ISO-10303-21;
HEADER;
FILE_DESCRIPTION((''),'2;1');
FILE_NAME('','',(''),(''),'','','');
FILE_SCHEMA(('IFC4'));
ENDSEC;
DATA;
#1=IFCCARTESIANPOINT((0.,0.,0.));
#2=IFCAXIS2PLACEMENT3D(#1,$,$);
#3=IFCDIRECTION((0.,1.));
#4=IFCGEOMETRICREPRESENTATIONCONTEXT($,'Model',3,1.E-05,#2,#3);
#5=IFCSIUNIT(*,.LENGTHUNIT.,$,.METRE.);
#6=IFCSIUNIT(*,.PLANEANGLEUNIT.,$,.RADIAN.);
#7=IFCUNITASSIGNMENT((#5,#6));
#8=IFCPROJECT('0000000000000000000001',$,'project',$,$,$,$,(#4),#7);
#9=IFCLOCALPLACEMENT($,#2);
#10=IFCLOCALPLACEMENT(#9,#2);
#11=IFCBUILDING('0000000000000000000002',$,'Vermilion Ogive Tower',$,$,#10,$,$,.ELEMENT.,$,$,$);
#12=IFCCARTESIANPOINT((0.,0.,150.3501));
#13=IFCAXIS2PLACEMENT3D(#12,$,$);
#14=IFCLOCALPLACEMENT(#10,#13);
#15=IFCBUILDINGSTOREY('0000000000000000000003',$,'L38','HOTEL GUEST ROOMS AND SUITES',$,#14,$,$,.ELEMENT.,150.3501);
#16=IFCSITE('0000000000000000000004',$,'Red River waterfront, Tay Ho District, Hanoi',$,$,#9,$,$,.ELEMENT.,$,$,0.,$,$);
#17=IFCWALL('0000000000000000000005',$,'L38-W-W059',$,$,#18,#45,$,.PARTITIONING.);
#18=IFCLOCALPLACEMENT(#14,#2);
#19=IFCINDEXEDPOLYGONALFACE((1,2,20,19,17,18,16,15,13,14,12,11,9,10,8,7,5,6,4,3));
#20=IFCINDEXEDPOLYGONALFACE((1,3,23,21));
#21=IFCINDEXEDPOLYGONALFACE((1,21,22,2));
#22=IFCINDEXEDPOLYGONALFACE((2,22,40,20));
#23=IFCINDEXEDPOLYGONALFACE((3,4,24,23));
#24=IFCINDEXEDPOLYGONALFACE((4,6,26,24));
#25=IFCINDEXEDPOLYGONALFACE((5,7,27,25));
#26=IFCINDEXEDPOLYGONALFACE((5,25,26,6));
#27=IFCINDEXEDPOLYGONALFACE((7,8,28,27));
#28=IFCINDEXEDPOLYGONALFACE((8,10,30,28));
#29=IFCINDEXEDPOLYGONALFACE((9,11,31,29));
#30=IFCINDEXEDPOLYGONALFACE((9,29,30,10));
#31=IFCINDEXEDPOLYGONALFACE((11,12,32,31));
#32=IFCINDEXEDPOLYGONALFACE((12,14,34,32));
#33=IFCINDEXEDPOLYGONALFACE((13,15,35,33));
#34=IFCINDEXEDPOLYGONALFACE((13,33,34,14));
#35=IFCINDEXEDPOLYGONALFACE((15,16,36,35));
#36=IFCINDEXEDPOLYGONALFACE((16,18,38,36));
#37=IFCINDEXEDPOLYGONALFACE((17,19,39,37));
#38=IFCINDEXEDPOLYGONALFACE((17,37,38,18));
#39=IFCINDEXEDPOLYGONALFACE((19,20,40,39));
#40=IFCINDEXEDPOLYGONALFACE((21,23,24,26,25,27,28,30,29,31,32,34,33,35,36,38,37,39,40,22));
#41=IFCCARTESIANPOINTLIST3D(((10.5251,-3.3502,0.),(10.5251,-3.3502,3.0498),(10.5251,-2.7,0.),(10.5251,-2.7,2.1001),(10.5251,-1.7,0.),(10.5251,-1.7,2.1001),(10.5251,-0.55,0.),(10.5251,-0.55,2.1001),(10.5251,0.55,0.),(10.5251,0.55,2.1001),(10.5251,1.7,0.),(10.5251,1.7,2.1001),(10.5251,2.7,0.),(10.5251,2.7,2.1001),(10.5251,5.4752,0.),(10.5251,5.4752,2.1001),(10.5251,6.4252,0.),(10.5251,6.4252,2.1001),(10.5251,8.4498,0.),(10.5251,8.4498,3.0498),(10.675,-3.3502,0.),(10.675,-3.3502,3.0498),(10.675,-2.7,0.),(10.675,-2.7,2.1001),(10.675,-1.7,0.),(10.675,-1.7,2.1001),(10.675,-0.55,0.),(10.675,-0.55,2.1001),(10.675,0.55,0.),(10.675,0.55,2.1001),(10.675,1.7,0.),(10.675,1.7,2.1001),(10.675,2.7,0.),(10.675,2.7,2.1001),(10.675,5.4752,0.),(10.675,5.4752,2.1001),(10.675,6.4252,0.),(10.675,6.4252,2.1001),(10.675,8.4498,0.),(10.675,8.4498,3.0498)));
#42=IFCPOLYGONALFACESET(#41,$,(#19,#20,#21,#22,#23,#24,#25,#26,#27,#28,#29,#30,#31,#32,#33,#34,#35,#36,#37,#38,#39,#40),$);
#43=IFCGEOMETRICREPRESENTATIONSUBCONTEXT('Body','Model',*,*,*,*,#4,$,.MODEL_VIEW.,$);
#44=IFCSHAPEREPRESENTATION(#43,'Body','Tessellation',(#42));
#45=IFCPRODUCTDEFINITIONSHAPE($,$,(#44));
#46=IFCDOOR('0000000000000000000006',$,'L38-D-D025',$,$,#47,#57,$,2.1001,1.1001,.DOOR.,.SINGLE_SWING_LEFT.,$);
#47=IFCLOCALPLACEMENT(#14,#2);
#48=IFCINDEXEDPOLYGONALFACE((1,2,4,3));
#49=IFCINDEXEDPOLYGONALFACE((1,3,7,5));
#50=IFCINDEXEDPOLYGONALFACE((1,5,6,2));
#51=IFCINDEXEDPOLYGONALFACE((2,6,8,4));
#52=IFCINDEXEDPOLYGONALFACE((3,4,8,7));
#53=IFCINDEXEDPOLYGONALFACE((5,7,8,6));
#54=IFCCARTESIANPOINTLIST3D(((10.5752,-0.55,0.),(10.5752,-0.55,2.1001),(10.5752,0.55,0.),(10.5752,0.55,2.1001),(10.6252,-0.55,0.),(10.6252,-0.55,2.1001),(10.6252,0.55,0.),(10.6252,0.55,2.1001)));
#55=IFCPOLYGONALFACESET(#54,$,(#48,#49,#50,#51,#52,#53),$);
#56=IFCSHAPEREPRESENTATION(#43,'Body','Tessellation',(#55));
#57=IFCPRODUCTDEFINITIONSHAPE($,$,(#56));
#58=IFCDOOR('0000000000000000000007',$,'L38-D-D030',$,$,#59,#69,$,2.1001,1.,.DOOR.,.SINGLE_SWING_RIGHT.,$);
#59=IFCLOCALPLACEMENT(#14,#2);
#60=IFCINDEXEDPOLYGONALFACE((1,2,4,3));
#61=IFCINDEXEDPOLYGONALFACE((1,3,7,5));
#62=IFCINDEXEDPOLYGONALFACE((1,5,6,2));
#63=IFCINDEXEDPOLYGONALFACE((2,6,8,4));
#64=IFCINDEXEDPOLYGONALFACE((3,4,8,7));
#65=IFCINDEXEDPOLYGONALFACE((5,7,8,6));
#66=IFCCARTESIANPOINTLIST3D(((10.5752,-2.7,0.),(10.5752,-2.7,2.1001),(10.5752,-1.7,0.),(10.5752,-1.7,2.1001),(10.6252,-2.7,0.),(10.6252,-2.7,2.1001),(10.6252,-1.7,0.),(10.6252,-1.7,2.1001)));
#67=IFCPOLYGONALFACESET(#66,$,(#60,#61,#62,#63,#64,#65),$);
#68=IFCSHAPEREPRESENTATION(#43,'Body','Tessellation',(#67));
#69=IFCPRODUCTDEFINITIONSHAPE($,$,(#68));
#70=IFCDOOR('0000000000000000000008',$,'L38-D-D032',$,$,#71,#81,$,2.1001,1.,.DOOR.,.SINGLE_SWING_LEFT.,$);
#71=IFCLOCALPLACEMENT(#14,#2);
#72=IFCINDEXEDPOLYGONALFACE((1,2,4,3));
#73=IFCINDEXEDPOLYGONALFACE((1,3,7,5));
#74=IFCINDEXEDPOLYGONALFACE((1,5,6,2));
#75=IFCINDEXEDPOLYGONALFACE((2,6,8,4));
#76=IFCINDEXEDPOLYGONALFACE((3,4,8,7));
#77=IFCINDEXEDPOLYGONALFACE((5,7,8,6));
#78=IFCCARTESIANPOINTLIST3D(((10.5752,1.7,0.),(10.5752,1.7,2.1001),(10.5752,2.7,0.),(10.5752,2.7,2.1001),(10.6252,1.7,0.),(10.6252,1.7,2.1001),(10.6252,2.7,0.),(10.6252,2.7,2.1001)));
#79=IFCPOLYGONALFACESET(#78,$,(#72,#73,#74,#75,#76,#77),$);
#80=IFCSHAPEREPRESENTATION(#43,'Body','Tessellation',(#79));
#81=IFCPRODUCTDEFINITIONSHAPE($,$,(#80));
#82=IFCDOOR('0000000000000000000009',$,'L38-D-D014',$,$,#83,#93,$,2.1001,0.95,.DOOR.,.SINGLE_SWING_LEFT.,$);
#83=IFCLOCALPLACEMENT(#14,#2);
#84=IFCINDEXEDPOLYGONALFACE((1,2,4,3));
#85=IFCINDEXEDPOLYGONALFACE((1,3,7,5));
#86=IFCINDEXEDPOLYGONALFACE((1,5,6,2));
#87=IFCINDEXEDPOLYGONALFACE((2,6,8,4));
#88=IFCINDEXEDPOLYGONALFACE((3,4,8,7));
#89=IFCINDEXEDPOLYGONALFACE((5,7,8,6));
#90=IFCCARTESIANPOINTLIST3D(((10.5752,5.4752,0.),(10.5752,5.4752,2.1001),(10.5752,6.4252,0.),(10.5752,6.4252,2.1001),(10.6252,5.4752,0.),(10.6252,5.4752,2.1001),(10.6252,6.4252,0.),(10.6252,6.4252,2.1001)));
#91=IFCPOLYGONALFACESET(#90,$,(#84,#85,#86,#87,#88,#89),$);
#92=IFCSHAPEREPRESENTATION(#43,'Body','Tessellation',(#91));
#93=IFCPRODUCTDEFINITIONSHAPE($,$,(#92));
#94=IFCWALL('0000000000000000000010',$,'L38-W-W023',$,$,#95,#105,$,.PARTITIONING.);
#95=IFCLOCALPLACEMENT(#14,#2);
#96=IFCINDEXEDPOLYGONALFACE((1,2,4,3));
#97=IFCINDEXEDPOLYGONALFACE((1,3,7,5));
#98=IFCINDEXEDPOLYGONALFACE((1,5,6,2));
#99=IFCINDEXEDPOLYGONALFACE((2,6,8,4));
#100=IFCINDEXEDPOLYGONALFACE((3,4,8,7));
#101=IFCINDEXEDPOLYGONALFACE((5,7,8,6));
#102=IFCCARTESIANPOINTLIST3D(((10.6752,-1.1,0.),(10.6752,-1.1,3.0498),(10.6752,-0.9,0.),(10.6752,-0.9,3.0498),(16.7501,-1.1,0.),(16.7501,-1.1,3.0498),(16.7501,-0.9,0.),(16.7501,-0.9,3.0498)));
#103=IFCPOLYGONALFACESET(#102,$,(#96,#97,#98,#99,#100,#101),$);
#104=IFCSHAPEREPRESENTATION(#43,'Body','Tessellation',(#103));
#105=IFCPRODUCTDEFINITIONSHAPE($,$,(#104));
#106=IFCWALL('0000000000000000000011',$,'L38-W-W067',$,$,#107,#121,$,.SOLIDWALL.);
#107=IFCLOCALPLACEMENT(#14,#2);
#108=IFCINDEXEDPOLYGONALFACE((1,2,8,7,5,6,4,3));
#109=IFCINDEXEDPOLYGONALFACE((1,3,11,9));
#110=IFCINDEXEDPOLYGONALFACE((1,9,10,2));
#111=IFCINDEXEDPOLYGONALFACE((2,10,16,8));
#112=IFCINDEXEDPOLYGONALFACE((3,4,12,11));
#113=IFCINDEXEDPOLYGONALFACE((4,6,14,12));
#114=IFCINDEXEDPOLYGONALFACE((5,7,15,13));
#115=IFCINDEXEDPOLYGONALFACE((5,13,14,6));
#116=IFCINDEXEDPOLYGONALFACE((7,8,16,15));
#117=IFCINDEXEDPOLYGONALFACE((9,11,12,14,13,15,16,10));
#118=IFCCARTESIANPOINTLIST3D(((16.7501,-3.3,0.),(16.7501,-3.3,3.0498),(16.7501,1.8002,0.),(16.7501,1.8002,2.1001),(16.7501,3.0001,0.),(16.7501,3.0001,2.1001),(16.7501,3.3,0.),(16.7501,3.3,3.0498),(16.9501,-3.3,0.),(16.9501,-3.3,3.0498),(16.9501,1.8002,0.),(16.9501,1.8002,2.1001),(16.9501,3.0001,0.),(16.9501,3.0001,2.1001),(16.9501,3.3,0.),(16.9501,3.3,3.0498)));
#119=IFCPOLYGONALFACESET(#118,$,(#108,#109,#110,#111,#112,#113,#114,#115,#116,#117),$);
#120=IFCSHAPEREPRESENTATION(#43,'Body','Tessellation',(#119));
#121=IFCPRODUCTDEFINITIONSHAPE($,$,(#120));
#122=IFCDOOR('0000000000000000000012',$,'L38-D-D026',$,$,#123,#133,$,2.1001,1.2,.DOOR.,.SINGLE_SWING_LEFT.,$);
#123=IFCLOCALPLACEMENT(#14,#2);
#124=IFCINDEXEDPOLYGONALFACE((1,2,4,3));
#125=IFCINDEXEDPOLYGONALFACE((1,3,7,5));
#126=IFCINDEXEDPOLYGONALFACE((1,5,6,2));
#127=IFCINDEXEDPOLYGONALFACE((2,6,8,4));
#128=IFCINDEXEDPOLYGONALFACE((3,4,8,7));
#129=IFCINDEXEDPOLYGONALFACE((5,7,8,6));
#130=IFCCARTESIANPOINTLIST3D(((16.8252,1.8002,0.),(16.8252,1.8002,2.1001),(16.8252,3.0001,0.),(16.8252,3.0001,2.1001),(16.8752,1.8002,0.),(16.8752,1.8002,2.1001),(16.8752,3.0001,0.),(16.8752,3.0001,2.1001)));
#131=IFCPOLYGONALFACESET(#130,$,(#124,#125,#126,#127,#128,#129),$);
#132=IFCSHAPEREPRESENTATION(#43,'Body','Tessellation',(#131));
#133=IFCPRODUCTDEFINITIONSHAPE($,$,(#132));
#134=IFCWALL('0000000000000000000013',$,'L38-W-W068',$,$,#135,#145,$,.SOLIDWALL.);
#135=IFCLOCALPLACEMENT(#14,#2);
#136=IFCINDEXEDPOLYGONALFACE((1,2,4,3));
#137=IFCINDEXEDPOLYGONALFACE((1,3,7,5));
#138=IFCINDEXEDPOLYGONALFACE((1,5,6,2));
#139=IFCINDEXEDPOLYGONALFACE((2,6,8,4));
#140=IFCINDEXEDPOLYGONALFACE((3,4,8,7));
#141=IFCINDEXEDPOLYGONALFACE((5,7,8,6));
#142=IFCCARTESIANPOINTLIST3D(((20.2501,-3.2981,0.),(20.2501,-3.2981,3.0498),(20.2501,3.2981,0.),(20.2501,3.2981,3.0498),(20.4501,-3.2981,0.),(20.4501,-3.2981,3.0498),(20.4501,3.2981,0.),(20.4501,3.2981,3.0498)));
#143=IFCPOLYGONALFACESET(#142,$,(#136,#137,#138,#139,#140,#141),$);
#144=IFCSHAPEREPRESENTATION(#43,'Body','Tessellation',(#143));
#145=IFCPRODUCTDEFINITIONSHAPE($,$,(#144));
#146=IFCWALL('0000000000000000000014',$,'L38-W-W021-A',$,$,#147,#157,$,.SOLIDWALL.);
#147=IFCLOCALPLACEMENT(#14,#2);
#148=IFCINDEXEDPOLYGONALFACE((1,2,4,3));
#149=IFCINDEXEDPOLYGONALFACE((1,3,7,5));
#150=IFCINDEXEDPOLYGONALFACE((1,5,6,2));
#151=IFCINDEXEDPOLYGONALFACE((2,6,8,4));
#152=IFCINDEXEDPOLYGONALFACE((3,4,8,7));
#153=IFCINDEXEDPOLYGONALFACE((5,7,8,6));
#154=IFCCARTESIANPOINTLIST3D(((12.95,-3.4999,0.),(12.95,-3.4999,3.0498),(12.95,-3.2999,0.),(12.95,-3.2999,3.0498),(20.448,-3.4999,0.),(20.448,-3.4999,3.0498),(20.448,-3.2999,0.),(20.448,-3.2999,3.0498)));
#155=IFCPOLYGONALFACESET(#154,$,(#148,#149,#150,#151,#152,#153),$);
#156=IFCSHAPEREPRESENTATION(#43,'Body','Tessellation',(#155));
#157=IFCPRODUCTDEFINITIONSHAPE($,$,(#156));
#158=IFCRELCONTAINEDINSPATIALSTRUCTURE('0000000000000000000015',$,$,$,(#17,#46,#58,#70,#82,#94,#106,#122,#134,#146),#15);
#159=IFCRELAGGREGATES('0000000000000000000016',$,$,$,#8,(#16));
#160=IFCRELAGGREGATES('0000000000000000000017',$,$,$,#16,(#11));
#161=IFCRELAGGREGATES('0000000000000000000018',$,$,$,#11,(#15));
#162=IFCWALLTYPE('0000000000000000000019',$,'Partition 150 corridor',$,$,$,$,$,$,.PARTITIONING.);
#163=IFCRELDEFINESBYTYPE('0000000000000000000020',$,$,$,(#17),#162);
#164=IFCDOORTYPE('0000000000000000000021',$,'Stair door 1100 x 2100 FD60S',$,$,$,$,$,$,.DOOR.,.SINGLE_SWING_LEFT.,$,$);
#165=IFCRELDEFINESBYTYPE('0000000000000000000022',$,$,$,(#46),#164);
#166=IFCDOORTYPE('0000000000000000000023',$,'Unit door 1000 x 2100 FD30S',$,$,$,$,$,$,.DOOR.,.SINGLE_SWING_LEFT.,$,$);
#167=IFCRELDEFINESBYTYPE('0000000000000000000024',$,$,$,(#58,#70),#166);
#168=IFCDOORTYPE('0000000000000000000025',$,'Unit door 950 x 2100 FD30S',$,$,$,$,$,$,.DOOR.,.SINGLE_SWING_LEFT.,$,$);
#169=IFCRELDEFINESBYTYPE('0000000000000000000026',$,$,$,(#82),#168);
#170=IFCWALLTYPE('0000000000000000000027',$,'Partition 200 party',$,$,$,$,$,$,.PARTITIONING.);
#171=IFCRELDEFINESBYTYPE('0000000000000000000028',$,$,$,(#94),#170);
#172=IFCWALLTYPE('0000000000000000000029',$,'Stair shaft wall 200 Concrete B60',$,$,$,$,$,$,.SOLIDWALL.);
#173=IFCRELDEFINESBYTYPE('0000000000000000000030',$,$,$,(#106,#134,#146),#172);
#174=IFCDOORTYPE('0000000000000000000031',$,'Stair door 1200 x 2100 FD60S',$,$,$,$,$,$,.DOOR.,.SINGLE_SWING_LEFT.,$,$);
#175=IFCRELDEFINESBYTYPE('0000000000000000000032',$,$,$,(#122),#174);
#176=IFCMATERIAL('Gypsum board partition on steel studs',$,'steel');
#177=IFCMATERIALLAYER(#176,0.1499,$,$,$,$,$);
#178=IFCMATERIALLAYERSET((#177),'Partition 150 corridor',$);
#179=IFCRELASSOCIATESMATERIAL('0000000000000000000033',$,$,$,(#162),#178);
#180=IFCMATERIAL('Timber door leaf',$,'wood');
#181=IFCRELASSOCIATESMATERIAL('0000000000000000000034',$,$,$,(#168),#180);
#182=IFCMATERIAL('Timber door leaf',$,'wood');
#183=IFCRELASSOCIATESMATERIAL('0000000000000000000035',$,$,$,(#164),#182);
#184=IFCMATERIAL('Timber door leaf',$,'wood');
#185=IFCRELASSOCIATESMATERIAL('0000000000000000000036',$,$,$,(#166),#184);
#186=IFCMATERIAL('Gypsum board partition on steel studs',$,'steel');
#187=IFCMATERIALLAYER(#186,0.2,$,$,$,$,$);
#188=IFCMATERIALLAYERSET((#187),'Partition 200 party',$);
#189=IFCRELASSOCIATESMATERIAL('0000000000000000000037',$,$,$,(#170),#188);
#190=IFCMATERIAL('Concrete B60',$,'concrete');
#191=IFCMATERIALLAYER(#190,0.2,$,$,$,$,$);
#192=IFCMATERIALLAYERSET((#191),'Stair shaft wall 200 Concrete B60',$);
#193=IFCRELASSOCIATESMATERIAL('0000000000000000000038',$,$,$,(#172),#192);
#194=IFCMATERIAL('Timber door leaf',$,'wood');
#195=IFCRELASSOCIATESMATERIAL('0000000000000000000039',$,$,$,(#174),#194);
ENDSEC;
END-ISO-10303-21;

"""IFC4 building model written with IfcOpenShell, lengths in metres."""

from ifc_helpers import new_model, si_unit, direction, frame, frame_2d, origin, place, context, subcontext, project, spatial, rectangle, extrude, material, layer, layer_set, type_object, element, fill, save


model = new_model("IFC4")

# Units and contexts
model_context = context("Model", 3, precision=1e-05, world=origin(), true_north=direction((0.0, 1.0)))
body_context = subcontext(model_context, "Body", "Model", "MODEL_VIEW")
ifc_project = project(units=[si_unit("LENGTHUNIT", "METRE"), si_unit("PLANEANGLEUNIT", "RADIAN")], contexts=[model_context])

# Site, building, storey
site_placement = place(None, origin())
site = spatial("IfcSite", under=ifc_project, at=site_placement, Name="Red River waterfront, Tay Ho District, Hanoi", CompositionType="ELEMENT", RefElevation=0.0)
building_placement = place(site_placement, origin())
building = spatial("IfcBuilding", under=site, at=building_placement, Name="Vermilion Ogive Tower", CompositionType="ELEMENT")
storey_placement = place(building_placement, frame((0.0, 0.0, 150.3501)))
storey = spatial("IfcBuildingStorey", under=building, at=storey_placement, Name="L38", Description="HOTEL GUEST ROOMS AND SUITES", CompositionType="ELEMENT", Elevation=150.3501)

# Shared definitions
ifc_material_1 = material(Name="Gypsum board partition on steel studs", Category="steel")
ifc_layer_1 = layer(ifc_material_1, 0.1499)
ifc_layer_set_1 = layer_set([ifc_layer_1], Name="Partition 150 corridor")
wall_type_1 = type_object("IfcWallType", Name="Partition 150 corridor", PredefinedType="PARTITIONING", material=ifc_layer_set_1)
ifc_material_2 = material(Name="Timber door leaf", Category="wood")
door_type_1 = type_object("IfcDoorType", Name="Unit door 950 x 2100 FD30S", OperationType="SINGLE_SWING_LEFT", PredefinedType="DOOR", material=ifc_material_2)

# Wall, openings, doors
wall_1_placement = place(storey_placement, frame((10.6001, -3.3501, 0.0), z_axis=(0.0, 0.0, 1.0), x_axis=(0.0, 1.0, 0.0)))
wall_1 = element("IfcWall", 1, at=wall_1_placement, inside=storey, type_object=wall_type_1, Name="L38-W-W059", PredefinedType="PARTITIONING", context=body_context, shape_type="SweptSolid", body=[
    extrude(rectangle(XDim=11.8, YDim=0.1499, at=frame_2d((5.8999, 0.0))), origin(), (0.0, 0.0, 1.0), 3.0498),
])
opening_1_placement = place(wall_1_placement, frame((8.8252, 0.0, 0.0)))
opening_1 = element("IfcOpeningElement", 2, at=opening_1_placement, cuts=wall_1, PredefinedType="OPENING", context=body_context, shape_type="SweptSolid", body=[
    extrude(rectangle(XDim=0.95, YDim=2.1001, at=frame_2d((0.4751, 1.05))), frame((0.0, 0.085, 0.0), z_axis=(0.0, -1.0, 0.0), x_axis=(1.0, 0.0, 0.0)), (0.0, 0.0, 1.0), 0.1699),
])
opening_2_placement = place(wall_1_placement, frame((2.8, 0.0, 0.0)))
opening_2 = element("IfcOpeningElement", 3, at=opening_2_placement, cuts=wall_1, PredefinedType="OPENING", context=body_context, shape_type="SweptSolid", body=[
    extrude(rectangle(XDim=1.1001, YDim=2.1001, at=frame_2d((0.55, 1.05))), frame((0.0, 0.085, 0.0), z_axis=(0.0, -1.0, 0.0), x_axis=(1.0, 0.0, 0.0)), (0.0, 0.0, 1.0), 0.1699),
])
opening_3_placement = place(wall_1_placement, frame((0.6501, 0.0, 0.0)))
opening_3 = element("IfcOpeningElement", 4, at=opening_3_placement, cuts=wall_1, PredefinedType="OPENING", context=body_context, shape_type="SweptSolid", body=[
    extrude(rectangle(XDim=1.0, YDim=2.1001, at=frame_2d((0.5, 1.05))), frame((0.0, 0.085, 0.0), z_axis=(0.0, -1.0, 0.0), x_axis=(1.0, 0.0, 0.0)), (0.0, 0.0, 1.0), 0.1699),
])
opening_4_placement = place(wall_1_placement, frame((5.05, 0.0, 0.0)))
opening_4 = element("IfcOpeningElement", 5, at=opening_4_placement, cuts=wall_1, PredefinedType="OPENING", context=body_context, shape_type="SweptSolid", body=[
    extrude(rectangle(XDim=1.0, YDim=2.1001, at=frame_2d((0.5, 1.05))), frame((0.0, 0.085, 0.0), z_axis=(0.0, -1.0, 0.0), x_axis=(1.0, 0.0, 0.0)), (0.0, 0.0, 1.0), 0.1699),
])
ifc_material_3 = material(Name="Timber door leaf", Category="wood")
door_type_2 = type_object("IfcDoorType", Name="Stair door 1100 x 2100 FD60S", OperationType="SINGLE_SWING_LEFT", PredefinedType="DOOR", material=ifc_material_3)
door_1_placement = place(opening_2_placement, origin())
door_1 = element("IfcDoor", 6, at=door_1_placement, inside=storey, type_object=door_type_2, Name="L38-D-D025", OperationType="SINGLE_SWING_LEFT", OverallHeight=2.1001, OverallWidth=1.1001, PredefinedType="DOOR", context=body_context, shape_type="SweptSolid", body=[
    extrude(rectangle(XDim=1.1001, YDim=2.1001, at=frame_2d((0.55, 1.05))), frame((0.0, 0.0249, 0.0), z_axis=(0.0, -1.0, 0.0), x_axis=(1.0, 0.0, 0.0)), (0.0, 0.0, 1.0), 0.05),
])
fill(opening_2, door_1)
ifc_material_4 = material(Name="Timber door leaf", Category="wood")
door_type_3 = type_object("IfcDoorType", Name="Unit door 1000 x 2100 FD30S", OperationType="SINGLE_SWING_LEFT", PredefinedType="DOOR", material=ifc_material_4)
door_2_placement = place(opening_3_placement, origin())
door_2 = element("IfcDoor", 7, at=door_2_placement, inside=storey, type_object=door_type_3, Name="L38-D-D030", OperationType="SINGLE_SWING_RIGHT", OverallHeight=2.1001, OverallWidth=1.0, PredefinedType="DOOR", context=body_context, shape_type="SweptSolid", body=[
    extrude(rectangle(XDim=1.0, YDim=2.1001, at=frame_2d((0.5, 1.05))), frame((0.0, 0.0249, 0.0), z_axis=(0.0, -1.0, 0.0), x_axis=(1.0, 0.0, 0.0)), (0.0, 0.0, 1.0), 0.05),
])
fill(opening_3, door_2)
door_3_placement = place(opening_4_placement, origin())
door_3 = element("IfcDoor", 8, at=door_3_placement, inside=storey, type_object=door_type_3, Name="L38-D-D032", OperationType="SINGLE_SWING_LEFT", OverallHeight=2.1001, OverallWidth=1.0, PredefinedType="DOOR", context=body_context, shape_type="SweptSolid", body=[
    extrude(rectangle(XDim=1.0, YDim=2.1001, at=frame_2d((0.5, 1.05))), frame((0.0, 0.0249, 0.0), z_axis=(0.0, -1.0, 0.0), x_axis=(1.0, 0.0, 0.0)), (0.0, 0.0, 1.0), 0.05),
])
fill(opening_4, door_3)
door_4_placement = place(opening_1_placement, origin())
door_4 = element("IfcDoor", 9, at=door_4_placement, inside=storey, type_object=door_type_1, Name="L38-D-D014", OperationType="SINGLE_SWING_LEFT", OverallHeight=2.1001, OverallWidth=0.95, PredefinedType="DOOR", context=body_context, shape_type="SweptSolid", body=[
    extrude(rectangle(XDim=0.95, YDim=2.1001, at=frame_2d((0.4751, 1.05))), frame((0.0, 0.0249, 0.0), z_axis=(0.0, -1.0, 0.0), x_axis=(1.0, 0.0, 0.0)), (0.0, 0.0, 1.0), 0.05),
])
fill(opening_1, door_4)

# Wall
ifc_material_5 = material(Name="Gypsum board partition on steel studs", Category="steel")
ifc_layer_2 = layer(ifc_material_5, 0.2)
ifc_layer_set_2 = layer_set([ifc_layer_2], Name="Partition 200 party")
wall_type_2 = type_object("IfcWallType", Name="Partition 200 party", PredefinedType="PARTITIONING", material=ifc_layer_set_2)
wall_2_placement = place(storey_placement, frame((10.675, -1.0, 0.0), z_axis=(0.0, 0.0, 1.0), x_axis=(1.0, 0.0, 0.0)))
element("IfcWall", 10, at=wall_2_placement, inside=storey, type_object=wall_type_2, Name="L38-W-W023", PredefinedType="PARTITIONING", context=body_context, shape_type="SweptSolid", body=[
    extrude(rectangle(XDim=6.075, YDim=0.2, at=frame_2d((3.0376, 0.0))), origin(), (0.0, 0.0, 1.0), 3.0498),
])

# Wall, opening, door
ifc_material_6 = material(Name="Concrete B60", Category="concrete")
ifc_layer_3 = layer(ifc_material_6, 0.2)
ifc_layer_set_3 = layer_set([ifc_layer_3], Name="Stair shaft wall 200 Concrete B60")
wall_type_3 = type_object("IfcWallType", Name="Stair shaft wall 200 Concrete B60", PredefinedType="SOLIDWALL", material=ifc_layer_set_3)
wall_3_placement = place(storey_placement, frame((16.8501, -3.3, 0.0), z_axis=(0.0, 0.0, 1.0), x_axis=(0.0, 1.0, 0.0)))
wall_3 = element("IfcWall", 11, at=wall_3_placement, inside=storey, type_object=wall_type_3, Name="L38-W-W067", PredefinedType="SOLIDWALL", context=body_context, shape_type="SweptSolid", body=[
    extrude(rectangle(XDim=6.6001, YDim=0.2, at=frame_2d((3.3, 0.0))), origin(), (0.0, 0.0, 1.0), 3.0498),
])
opening_5_placement = place(wall_3_placement, frame((5.1001, 0.0, 0.0)))
opening_5 = element("IfcOpeningElement", 12, at=opening_5_placement, cuts=wall_3, PredefinedType="OPENING", context=body_context, shape_type="SweptSolid", body=[
    extrude(rectangle(XDim=1.2, YDim=2.1001, at=frame_2d((0.6001, 1.05))), frame((0.0, 0.1099, 0.0), z_axis=(0.0, -1.0, 0.0), x_axis=(1.0, 0.0, 0.0)), (0.0, 0.0, 1.0), 0.22),
])
ifc_material_7 = material(Name="Timber door leaf", Category="wood")
door_type_4 = type_object("IfcDoorType", Name="Stair door 1200 x 2100 FD60S", OperationType="SINGLE_SWING_LEFT", PredefinedType="DOOR", material=ifc_material_7)
door_5_placement = place(opening_5_placement, origin())
door_5 = element("IfcDoor", 13, at=door_5_placement, inside=storey, type_object=door_type_4, Name="L38-D-D026", OperationType="SINGLE_SWING_LEFT", OverallHeight=2.1001, OverallWidth=1.2, PredefinedType="DOOR", context=body_context, shape_type="SweptSolid", body=[
    extrude(rectangle(XDim=1.2, YDim=2.1001, at=frame_2d((0.6001, 1.05))), frame((0.0, 0.0249, 0.0), z_axis=(0.0, -1.0, 0.0), x_axis=(1.0, 0.0, 0.0)), (0.0, 0.0, 1.0), 0.05),
])
fill(opening_5, door_5)

# Walls
wall_4_placement = place(storey_placement, frame((20.3501, -3.2981, 0.0), z_axis=(0.0, 0.0, 1.0), x_axis=(0.0, 1.0, 0.0)))
element("IfcWall", 14, at=wall_4_placement, inside=storey, type_object=wall_type_3, Name="L38-W-W068", PredefinedType="SOLIDWALL", context=body_context, shape_type="SweptSolid", body=[
    extrude(rectangle(XDim=6.5962, YDim=0.2, at=frame_2d((3.2981, 0.0))), origin(), (0.0, 0.0, 1.0), 3.0498),
])
wall_5_placement = place(storey_placement, frame((12.95, -3.3999, 0.0), z_axis=(0.0, 0.0, 1.0), x_axis=(1.0, 0.0, 0.0)))
element("IfcWall", 15, at=wall_5_placement, inside=storey, type_object=wall_type_3, Name="L38-W-W021-A", PredefinedType="SOLIDWALL", context=body_context, shape_type="SweptSolid", body=[
    extrude(rectangle(XDim=7.498, YDim=0.2, at=frame_2d((3.749, 0.0))), origin(), (0.0, 0.0, 1.0), 3.0498),
])

save(model, "model.ifc")
